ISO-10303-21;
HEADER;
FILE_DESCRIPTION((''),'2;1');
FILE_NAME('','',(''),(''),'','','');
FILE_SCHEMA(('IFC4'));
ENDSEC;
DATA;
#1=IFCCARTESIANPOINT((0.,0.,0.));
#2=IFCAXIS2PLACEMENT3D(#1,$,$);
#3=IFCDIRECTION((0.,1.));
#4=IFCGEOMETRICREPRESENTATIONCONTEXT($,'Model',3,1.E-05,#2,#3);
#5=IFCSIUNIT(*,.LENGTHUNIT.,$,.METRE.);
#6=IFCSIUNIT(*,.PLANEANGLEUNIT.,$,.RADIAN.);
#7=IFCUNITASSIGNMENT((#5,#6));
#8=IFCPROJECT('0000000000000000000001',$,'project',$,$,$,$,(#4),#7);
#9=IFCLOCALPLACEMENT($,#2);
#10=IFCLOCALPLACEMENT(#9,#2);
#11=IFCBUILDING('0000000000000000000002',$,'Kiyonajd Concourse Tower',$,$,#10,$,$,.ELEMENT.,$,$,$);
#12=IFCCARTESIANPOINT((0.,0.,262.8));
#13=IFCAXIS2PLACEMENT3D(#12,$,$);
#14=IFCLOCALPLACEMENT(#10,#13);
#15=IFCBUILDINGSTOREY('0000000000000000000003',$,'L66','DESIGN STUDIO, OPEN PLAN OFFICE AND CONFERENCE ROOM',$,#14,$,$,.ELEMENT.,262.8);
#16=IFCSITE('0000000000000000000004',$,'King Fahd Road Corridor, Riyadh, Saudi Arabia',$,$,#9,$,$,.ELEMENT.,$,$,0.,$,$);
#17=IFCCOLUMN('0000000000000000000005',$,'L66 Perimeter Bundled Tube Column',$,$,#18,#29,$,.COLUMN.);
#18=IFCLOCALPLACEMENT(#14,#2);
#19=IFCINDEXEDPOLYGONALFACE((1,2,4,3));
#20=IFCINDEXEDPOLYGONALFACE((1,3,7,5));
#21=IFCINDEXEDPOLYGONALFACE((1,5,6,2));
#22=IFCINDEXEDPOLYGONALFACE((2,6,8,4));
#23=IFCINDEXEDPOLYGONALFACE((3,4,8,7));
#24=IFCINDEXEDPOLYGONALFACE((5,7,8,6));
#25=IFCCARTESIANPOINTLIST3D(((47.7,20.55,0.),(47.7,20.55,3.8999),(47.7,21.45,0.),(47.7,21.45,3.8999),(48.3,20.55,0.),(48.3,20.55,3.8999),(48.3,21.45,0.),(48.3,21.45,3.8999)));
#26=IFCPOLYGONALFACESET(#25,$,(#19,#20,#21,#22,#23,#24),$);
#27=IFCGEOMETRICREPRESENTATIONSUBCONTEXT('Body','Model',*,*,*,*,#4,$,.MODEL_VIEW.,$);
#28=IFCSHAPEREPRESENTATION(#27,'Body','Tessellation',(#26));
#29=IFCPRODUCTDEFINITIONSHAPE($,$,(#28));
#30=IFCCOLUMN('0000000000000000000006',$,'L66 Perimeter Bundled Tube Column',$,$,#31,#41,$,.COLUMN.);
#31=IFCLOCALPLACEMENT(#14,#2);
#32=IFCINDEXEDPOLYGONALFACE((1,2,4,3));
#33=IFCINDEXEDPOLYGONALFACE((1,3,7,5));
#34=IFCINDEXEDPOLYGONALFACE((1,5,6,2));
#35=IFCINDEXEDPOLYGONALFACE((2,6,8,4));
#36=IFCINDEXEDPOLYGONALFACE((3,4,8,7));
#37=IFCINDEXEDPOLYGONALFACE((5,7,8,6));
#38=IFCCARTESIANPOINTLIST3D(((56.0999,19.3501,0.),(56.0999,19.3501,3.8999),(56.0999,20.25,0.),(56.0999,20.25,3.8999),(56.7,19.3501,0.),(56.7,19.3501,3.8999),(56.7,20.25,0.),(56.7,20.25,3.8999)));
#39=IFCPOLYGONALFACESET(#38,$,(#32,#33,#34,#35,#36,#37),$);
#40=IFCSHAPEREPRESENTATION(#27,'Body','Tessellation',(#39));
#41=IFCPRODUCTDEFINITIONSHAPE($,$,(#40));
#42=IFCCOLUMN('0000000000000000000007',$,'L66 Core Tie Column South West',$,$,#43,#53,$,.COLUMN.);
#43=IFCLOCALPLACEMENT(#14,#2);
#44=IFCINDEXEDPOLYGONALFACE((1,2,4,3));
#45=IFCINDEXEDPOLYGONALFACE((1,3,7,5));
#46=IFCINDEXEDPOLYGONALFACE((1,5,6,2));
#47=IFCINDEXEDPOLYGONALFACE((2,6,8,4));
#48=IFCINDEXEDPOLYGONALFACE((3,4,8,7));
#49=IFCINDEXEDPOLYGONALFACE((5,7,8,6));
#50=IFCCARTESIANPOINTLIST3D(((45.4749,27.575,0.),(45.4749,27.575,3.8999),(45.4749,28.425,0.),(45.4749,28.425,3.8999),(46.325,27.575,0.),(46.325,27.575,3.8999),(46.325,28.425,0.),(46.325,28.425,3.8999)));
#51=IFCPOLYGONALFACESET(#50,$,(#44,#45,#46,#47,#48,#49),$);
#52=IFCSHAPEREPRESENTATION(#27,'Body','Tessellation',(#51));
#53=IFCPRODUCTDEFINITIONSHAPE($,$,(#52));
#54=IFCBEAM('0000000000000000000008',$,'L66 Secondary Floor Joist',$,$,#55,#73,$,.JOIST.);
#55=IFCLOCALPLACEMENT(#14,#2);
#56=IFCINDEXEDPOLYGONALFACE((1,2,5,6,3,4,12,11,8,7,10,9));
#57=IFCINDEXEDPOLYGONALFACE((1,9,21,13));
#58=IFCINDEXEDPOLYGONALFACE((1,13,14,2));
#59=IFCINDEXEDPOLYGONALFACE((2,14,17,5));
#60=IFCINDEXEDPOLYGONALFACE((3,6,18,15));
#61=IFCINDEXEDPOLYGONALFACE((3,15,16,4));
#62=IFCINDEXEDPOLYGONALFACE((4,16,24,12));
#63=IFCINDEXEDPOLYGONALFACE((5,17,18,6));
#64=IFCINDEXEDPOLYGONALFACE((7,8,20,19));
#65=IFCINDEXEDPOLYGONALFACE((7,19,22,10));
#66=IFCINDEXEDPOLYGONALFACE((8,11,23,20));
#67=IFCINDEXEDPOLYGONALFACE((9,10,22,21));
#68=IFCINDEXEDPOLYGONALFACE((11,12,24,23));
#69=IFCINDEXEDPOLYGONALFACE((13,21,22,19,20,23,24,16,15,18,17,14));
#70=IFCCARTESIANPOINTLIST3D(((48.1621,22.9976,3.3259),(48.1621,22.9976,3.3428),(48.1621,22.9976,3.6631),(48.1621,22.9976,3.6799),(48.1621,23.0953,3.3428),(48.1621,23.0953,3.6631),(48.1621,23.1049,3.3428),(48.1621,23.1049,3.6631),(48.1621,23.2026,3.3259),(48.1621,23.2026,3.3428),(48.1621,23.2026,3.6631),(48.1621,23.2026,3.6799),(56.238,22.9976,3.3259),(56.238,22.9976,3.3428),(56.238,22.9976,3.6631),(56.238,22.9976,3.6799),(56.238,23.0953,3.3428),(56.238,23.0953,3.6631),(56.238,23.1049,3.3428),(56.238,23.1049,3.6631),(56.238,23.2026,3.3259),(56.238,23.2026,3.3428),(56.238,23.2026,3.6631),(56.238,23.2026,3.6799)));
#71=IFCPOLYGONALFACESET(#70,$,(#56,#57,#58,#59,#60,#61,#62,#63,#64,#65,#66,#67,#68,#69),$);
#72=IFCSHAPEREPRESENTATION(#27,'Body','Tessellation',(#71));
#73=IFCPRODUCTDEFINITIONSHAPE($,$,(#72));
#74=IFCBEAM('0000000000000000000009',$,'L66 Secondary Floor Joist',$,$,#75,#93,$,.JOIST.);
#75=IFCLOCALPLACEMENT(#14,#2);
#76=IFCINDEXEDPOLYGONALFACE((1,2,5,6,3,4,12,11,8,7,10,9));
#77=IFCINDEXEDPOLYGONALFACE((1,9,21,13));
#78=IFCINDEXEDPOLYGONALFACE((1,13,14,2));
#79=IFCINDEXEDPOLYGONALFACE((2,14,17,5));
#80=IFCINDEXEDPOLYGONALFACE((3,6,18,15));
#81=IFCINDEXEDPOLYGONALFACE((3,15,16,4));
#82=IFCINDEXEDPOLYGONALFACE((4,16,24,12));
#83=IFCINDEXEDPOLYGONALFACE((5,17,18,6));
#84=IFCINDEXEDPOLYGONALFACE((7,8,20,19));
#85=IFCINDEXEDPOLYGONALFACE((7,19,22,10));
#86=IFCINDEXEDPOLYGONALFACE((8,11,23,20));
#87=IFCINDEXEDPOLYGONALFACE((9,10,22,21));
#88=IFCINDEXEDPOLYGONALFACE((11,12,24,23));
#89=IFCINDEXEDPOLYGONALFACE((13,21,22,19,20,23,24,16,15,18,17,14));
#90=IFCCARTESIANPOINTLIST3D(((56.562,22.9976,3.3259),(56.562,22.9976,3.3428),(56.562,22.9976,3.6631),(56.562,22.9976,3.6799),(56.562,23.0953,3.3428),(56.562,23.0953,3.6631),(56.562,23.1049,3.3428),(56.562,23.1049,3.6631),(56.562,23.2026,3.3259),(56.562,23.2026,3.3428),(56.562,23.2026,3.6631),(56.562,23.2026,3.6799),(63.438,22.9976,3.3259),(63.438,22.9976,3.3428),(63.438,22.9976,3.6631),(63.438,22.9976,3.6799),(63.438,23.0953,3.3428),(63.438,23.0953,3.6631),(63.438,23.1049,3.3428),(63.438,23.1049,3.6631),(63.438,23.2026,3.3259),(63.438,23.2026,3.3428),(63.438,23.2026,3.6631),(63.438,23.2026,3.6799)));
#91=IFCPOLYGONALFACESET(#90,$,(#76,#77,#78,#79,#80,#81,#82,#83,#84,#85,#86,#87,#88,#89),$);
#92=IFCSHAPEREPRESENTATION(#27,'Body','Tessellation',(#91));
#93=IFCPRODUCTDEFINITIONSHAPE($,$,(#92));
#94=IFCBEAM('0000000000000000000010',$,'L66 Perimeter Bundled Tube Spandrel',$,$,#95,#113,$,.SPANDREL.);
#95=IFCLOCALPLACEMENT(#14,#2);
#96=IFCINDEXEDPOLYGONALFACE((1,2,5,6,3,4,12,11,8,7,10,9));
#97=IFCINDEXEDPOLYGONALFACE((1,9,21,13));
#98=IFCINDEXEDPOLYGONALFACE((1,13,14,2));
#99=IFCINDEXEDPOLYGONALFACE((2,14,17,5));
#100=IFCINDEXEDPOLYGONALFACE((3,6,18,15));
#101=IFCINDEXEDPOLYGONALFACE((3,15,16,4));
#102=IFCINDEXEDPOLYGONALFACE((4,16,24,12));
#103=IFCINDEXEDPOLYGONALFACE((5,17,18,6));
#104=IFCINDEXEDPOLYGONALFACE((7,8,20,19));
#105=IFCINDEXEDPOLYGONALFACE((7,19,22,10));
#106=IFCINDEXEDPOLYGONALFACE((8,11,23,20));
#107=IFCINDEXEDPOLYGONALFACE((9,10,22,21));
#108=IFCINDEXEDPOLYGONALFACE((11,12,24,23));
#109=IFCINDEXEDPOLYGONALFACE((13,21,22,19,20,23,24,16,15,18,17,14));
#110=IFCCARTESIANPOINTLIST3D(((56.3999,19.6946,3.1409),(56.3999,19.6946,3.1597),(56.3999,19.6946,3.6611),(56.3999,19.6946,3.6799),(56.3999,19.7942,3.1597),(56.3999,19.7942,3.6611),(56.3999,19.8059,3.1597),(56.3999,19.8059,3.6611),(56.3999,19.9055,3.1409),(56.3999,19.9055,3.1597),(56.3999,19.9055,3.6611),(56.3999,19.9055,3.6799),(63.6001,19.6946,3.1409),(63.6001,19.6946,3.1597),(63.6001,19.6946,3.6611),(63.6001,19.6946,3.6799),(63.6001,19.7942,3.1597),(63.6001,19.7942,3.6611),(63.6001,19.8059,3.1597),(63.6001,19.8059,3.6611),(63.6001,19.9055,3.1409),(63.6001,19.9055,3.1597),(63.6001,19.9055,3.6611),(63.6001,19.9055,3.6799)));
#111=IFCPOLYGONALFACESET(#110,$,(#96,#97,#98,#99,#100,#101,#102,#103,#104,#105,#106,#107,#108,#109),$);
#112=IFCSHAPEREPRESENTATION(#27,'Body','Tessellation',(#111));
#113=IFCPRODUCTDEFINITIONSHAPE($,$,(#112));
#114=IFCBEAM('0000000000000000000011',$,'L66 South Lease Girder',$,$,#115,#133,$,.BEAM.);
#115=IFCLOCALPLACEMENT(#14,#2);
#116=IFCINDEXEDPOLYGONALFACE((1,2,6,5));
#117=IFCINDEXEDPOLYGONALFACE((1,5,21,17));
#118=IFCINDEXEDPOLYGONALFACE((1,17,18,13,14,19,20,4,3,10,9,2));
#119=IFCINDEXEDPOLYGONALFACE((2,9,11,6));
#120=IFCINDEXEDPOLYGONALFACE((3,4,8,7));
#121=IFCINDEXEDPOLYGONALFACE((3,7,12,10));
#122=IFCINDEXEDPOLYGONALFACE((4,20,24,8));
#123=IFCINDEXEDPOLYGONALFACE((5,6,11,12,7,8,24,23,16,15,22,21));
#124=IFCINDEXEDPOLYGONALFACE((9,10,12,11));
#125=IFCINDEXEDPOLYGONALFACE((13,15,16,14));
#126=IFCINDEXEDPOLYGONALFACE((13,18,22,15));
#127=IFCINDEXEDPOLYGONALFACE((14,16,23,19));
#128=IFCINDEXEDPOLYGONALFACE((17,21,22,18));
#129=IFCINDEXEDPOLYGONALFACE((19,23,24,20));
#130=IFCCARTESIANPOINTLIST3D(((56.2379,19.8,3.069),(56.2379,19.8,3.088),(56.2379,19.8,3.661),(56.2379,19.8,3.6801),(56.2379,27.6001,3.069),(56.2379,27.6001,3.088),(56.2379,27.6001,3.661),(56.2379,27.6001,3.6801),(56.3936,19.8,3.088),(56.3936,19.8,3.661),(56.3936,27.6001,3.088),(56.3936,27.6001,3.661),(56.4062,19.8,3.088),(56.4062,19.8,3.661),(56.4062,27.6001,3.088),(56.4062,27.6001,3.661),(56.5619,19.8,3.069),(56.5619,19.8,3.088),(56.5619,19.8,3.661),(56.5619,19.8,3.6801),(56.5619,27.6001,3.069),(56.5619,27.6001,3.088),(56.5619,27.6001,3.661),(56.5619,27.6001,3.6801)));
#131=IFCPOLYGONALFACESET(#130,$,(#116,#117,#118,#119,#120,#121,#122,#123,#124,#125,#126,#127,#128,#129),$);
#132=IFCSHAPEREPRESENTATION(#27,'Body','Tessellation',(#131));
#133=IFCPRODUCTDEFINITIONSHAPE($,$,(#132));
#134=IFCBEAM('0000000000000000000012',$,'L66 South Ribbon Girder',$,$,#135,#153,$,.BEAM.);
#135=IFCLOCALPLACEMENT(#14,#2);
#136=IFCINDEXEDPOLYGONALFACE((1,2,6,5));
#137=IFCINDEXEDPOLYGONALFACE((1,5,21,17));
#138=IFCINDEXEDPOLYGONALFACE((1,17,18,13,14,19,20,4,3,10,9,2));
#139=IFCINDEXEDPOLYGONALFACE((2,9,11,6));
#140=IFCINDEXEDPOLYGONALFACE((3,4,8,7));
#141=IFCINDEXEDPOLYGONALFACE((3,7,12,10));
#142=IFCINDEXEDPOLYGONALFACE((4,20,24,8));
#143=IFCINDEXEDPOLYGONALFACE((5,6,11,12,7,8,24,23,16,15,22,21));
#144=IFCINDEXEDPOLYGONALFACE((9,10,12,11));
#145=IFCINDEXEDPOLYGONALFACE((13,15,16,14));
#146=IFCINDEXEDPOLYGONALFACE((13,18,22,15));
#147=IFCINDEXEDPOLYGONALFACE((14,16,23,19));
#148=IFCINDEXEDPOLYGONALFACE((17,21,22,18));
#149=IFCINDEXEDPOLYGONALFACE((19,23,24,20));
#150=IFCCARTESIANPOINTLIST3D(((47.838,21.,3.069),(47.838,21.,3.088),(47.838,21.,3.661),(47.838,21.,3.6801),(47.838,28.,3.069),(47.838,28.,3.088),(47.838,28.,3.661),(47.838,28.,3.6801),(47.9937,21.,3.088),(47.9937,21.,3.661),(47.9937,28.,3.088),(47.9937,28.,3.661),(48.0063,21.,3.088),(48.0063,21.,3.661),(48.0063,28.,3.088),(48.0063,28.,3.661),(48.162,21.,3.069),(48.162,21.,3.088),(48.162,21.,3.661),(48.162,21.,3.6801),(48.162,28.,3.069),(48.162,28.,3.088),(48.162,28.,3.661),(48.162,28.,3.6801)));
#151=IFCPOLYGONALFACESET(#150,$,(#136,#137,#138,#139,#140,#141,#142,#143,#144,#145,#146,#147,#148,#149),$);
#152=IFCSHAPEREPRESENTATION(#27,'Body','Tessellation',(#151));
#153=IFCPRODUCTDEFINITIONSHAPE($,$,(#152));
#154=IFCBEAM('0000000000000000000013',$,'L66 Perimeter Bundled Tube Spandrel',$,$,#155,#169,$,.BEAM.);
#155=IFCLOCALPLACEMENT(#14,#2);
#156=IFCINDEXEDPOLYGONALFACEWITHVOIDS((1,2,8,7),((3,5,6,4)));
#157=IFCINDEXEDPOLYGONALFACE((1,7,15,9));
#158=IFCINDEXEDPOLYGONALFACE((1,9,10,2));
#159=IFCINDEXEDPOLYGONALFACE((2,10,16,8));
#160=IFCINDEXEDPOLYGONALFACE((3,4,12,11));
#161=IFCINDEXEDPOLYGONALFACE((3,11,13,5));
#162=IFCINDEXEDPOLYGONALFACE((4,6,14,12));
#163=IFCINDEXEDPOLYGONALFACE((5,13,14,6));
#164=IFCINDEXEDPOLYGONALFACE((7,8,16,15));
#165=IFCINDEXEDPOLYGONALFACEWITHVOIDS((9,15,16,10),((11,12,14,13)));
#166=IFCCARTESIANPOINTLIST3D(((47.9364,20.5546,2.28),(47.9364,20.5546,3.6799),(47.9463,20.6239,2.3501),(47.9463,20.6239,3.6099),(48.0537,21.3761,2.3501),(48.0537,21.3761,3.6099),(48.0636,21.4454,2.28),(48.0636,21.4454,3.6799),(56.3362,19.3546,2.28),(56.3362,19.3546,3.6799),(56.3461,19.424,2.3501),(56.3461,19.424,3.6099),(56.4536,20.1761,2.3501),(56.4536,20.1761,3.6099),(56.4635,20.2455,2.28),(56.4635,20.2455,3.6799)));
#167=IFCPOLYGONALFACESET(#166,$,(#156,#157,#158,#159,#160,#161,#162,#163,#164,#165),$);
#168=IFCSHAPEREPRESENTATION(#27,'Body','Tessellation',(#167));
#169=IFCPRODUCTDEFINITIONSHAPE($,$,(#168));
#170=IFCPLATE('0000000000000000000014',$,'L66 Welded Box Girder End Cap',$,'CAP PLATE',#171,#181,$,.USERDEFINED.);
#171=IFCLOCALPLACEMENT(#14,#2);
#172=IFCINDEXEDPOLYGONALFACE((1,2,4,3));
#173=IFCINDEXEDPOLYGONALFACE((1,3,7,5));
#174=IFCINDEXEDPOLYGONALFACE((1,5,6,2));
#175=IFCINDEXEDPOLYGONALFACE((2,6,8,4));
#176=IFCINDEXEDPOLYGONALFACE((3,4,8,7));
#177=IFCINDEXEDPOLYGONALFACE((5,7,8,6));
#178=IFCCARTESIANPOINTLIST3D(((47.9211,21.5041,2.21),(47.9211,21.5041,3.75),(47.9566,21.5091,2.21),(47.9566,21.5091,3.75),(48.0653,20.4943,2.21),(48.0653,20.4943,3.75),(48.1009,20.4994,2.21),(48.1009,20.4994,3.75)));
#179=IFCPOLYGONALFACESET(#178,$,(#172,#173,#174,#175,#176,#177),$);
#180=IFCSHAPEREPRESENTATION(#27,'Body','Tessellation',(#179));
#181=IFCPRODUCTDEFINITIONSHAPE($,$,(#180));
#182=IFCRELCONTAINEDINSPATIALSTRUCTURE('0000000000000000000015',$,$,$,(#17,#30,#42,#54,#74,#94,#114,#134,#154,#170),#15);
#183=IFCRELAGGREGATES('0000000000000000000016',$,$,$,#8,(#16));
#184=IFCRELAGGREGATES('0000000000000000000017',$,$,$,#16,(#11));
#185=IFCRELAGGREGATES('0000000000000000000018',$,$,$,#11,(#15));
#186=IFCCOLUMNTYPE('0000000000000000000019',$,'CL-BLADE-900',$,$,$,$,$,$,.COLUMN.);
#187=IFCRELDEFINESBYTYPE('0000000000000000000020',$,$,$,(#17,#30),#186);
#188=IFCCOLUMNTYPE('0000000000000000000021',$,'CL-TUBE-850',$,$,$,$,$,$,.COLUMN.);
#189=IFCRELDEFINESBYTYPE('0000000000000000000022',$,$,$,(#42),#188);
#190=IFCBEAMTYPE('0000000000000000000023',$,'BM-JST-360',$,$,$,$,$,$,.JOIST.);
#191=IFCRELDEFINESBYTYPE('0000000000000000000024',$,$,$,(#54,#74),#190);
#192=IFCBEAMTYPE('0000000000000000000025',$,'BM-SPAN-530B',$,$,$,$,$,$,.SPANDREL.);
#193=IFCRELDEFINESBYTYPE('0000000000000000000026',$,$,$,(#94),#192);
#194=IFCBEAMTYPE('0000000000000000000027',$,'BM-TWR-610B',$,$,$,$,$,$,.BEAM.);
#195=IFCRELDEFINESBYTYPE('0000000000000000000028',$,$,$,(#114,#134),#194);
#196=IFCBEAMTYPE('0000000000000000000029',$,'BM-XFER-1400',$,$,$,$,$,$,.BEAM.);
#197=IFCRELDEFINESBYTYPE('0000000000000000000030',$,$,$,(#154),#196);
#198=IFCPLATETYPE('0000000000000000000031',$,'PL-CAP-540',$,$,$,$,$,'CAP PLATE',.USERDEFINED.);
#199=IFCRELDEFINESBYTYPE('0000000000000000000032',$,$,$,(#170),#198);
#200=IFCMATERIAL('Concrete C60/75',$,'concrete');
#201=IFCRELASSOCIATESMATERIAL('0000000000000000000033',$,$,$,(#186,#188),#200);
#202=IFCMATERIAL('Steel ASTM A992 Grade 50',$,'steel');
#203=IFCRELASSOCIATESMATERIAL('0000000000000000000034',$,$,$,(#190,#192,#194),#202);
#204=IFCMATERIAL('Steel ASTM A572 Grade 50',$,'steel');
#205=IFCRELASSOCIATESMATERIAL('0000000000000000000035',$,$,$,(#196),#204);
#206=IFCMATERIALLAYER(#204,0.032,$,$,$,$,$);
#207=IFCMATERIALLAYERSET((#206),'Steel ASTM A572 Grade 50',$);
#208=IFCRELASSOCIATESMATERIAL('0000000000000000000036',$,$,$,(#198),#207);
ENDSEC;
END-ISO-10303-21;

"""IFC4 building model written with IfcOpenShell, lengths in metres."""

from ifc_helpers import new_model, si_unit, direction, frame, origin, origin_2d, place, context, subcontext, project, spatial, rectangle, hollow_rectangle, i_section, extrude, material, layer, layer_set, material_profile, profile_set, type_object, element, save


model = new_model("IFC4")

# Units and contexts
model_context = context("Model", 3, precision=1e-05, world=origin(), true_north=direction((0.0, 1.0)))
body_context = subcontext(model_context, "Body", "Model", "MODEL_VIEW")
ifc_project = project(units=[si_unit("LENGTHUNIT", "METRE"), si_unit("PLANEANGLEUNIT", "RADIAN")], contexts=[model_context])

# Site, building, storey
site_placement = place(None, origin())
site = spatial("IfcSite", under=ifc_project, at=site_placement, Name="King Fahd Road Corridor, Riyadh, Saudi Arabia", CompositionType="ELEMENT", RefElevation=0.0)
building_placement = place(site_placement, origin())
building = spatial("IfcBuilding", under=site, at=building_placement, Name="Kiyonajd Concourse Tower", CompositionType="ELEMENT")
storey_placement = place(building_placement, frame((0.0, 0.0, 262.8)))
storey = spatial("IfcBuildingStorey", under=building, at=storey_placement, Name="L66", Description="DESIGN STUDIO, OPEN PLAN OFFICE AND CONFERENCE ROOM", CompositionType="ELEMENT", Elevation=262.8)

# Columns
ifc_material_1 = material(Name="Concrete C60/75", Category="concrete")
ifc_material_profile_1 = material_profile(ifc_material_1, rectangle(XDim=0.6001, YDim=0.8999, at=origin_2d()), Name="RC-900x600")
ifc_profile_set_1 = profile_set([ifc_material_profile_1], Name="Concrete C60/75")
column_type_1 = type_object("IfcColumnType", Name="CL-BLADE-900", PredefinedType="COLUMN", material=ifc_profile_set_1)
for number, where, z_axis, x_axis, name in (
    (1, (48.0, 21.0, 0.0), (0.0, 0.0, 1.0), (1.0, 0.0, 0.0), "L66 Perimeter Bundled Tube Column"),
    (2, (56.3999, 19.8, 0.0), (0.0, 0.0, 1.0), (1.0, 0.0, 0.0), "L66 Perimeter Bundled Tube Column"),
):
    element("IfcColumn", number, at=place(storey_placement, frame(where, z_axis=z_axis, x_axis=x_axis)), inside=storey, type_object=column_type_1, Name=name, PredefinedType="COLUMN", context=body_context, shape_type="SweptSolid", body=[
        extrude(rectangle(XDim=0.6001, YDim=0.8999, at=origin_2d()), origin(), (0.0, 0.0, 1.0), 3.8999),
    ])
ifc_material_profile_2 = material_profile(ifc_material_1, rectangle(XDim=0.8501, YDim=0.8501, at=origin_2d()), Name="RC-850x850")
ifc_profile_set_2 = profile_set([ifc_material_profile_2], Name="Concrete C60/75")
column_type_2 = type_object("IfcColumnType", Name="CL-TUBE-850", PredefinedType="COLUMN", material=ifc_profile_set_2)
column_placement = place(storey_placement, frame((45.8999, 28.0, 0.0), z_axis=(0.0, 0.0, 1.0), x_axis=(1.0, 0.0, 0.0)))
element("IfcColumn", 3, at=column_placement, inside=storey, type_object=column_type_2, Name="L66 Core Tie Column South West", PredefinedType="COLUMN", context=body_context, shape_type="SweptSolid", body=[
    extrude(rectangle(XDim=0.8501, YDim=0.8501, at=origin_2d()), origin(), (0.0, 0.0, 1.0), 3.8999),
])

# Beams
ifc_material_2 = material(Name="Steel ASTM A992 Grade 50", Category="steel")
ifc_material_profile_3 = material_profile(ifc_material_2, i_section(OverallWidth=0.2051, OverallDepth=0.354, WebThickness=0.0095, FlangeThickness=0.0168, at=origin_2d()), Name="W360X79")
ifc_profile_set_3 = profile_set([ifc_material_profile_3], Name="Steel ASTM A992 Grade 50")
beam_type_1 = type_object("IfcBeamType", Name="BM-JST-360", PredefinedType="JOIST", material=ifc_profile_set_3)
beam_1_placement = place(storey_placement, frame((48.1621, 23.1001, 3.5029), z_axis=(1.0, 0.0, 0.0), x_axis=(0.0, 1.0, 0.0)))
element("IfcBeam", 4, at=beam_1_placement, inside=storey, type_object=beam_type_1, Name="L66 Secondary Floor Joist", PredefinedType="JOIST", context=body_context, shape_type="SweptSolid", body=[
    extrude(i_section(OverallWidth=0.2051, OverallDepth=0.354, WebThickness=0.0095, FlangeThickness=0.0168, at=origin_2d()), origin(), (0.0, 0.0, 1.0), 8.0759),
])
beam_2_placement = place(storey_placement, frame((56.562, 23.1001, 3.5029), z_axis=(1.0, 0.0, 0.0), x_axis=(0.0, 1.0, 0.0)))
element("IfcBeam", 5, at=beam_2_placement, inside=storey, type_object=beam_type_1, Name="L66 Secondary Floor Joist", PredefinedType="JOIST", context=body_context, shape_type="SweptSolid", body=[
    extrude(i_section(OverallWidth=0.2051, OverallDepth=0.354, WebThickness=0.0095, FlangeThickness=0.0168, at=origin_2d()), origin(), (0.0, 0.0, 1.0), 6.876),
])
ifc_material_profile_4 = material_profile(ifc_material_2, i_section(OverallWidth=0.2109, OverallDepth=0.5391, WebThickness=0.0117, FlangeThickness=0.0188, at=origin_2d()), Name="W530X109")
ifc_profile_set_4 = profile_set([ifc_material_profile_4], Name="Steel ASTM A992 Grade 50")
beam_type_2 = type_object("IfcBeamType", Name="BM-SPAN-530B", PredefinedType="SPANDREL", material=ifc_profile_set_4)
beam_3_placement = place(storey_placement, frame((56.3999, 19.8, 3.4104), z_axis=(1.0, 0.0, 0.0), x_axis=(0.0, 1.0, 0.0)))
element("IfcBeam", 6, at=beam_3_placement, inside=storey, type_object=beam_type_2, Name="L66 Perimeter Bundled Tube Spandrel", PredefinedType="SPANDREL", context=body_context, shape_type="SweptSolid", body=[
    extrude(i_section(OverallWidth=0.2109, OverallDepth=0.5391, WebThickness=0.0117, FlangeThickness=0.0188, at=origin_2d()), origin(), (0.0, 0.0, 1.0), 7.2002),
])
ifc_material_profile_5 = material_profile(ifc_material_2, i_section(OverallWidth=0.324, OverallDepth=0.6111, WebThickness=0.0127, FlangeThickness=0.019, at=origin_2d()), Name="W610X155")
ifc_profile_set_5 = profile_set([ifc_material_profile_5], Name="Steel ASTM A992 Grade 50")
beam_type_3 = type_object("IfcBeamType", Name="BM-TWR-610B", PredefinedType="BEAM", material=ifc_profile_set_5)
beam_4_placement = place(storey_placement, frame((56.3999, 19.8, 3.3745), z_axis=(0.0, 1.0, 0.0), x_axis=(-1.0, 0.0, 0.0)))
element("IfcBeam", 7, at=beam_4_placement, inside=storey, type_object=beam_type_3, Name="L66 South Lease Girder", PredefinedType="BEAM", context=body_context, shape_type="SweptSolid", body=[
    extrude(i_section(OverallWidth=0.324, OverallDepth=0.6111, WebThickness=0.0127, FlangeThickness=0.019, at=origin_2d()), origin(), (0.0, 0.0, 1.0), 7.8),
])
beam_5_placement = place(storey_placement, frame((48.0, 21.0, 3.3745), z_axis=(0.0, 1.0, 0.0), x_axis=(-1.0, 0.0, 0.0)))
element("IfcBeam", 8, at=beam_5_placement, inside=storey, type_object=beam_type_3, Name="L66 South Ribbon Girder", PredefinedType="BEAM", context=body_context, shape_type="SweptSolid", body=[
    extrude(i_section(OverallWidth=0.324, OverallDepth=0.6111, WebThickness=0.0127, FlangeThickness=0.019, at=origin_2d()), origin(), (0.0, 0.0, 1.0), 7.0),
])
ifc_material_3 = material(Name="Steel ASTM A572 Grade 50", Category="steel")
ifc_material_profile_6 = material_profile(ifc_material_3, hollow_rectangle(XDim=0.8999, YDim=1.3999, WallThickness=0.0701, at=origin_2d()), Name="BOX-1400x900x70")
ifc_profile_set_6 = profile_set([ifc_material_profile_6], Name="Steel ASTM A572 Grade 50")
beam_type_4 = type_object("IfcBeamType", Name="BM-XFER-1400", PredefinedType="BEAM", material=ifc_profile_set_6)
beam_6_placement = place(storey_placement, frame((48.0, 21.0, 2.98), z_axis=(0.98995, -0.141417, 0.0), x_axis=(0.141417, 0.98995, 0.0)))
element("IfcBeam", 9, at=beam_6_placement, inside=storey, type_object=beam_type_4, Name="L66 Perimeter Bundled Tube Spandrel", PredefinedType="BEAM", context=body_context, shape_type="SweptSolid", body=[
    extrude(hollow_rectangle(XDim=0.8999, YDim=1.3999, WallThickness=0.0701, at=origin_2d()), origin(), (0.0, 0.0, 1.0), 8.4851),
])

# Plate
ifc_layer_1 = layer(ifc_material_3, 0.032)
ifc_layer_set_1 = layer_set([ifc_layer_1], Name="Steel ASTM A572 Grade 50")
plate_type_1 = type_object("IfcPlateType", Name="PL-CAP-540", ElementType="CAP PLATE", PredefinedType="USERDEFINED", material=ifc_layer_set_1)
for number, where, z_axis, x_axis, name in (
    (10, (48.011, 21.0017, 2.21), (0.0, 0.0, 1.0), (0.98995, 0.14142, 0.0), "L66 Welded Box Girder End Cap"),
):
    element("IfcPlate", number, at=place(storey_placement, frame(where, z_axis=z_axis, x_axis=x_axis)), inside=storey, type_object=plate_type_1, Name=name, ObjectType="CAP PLATE", PredefinedType="USERDEFINED", context=body_context, shape_type="SweptSolid", body=[
        extrude(rectangle(XDim=0.0359, YDim=1.02, at=origin_2d()), origin(), (0.0, 0.0, 1.0), 1.54),
    ])

save(model, "model.ifc")
